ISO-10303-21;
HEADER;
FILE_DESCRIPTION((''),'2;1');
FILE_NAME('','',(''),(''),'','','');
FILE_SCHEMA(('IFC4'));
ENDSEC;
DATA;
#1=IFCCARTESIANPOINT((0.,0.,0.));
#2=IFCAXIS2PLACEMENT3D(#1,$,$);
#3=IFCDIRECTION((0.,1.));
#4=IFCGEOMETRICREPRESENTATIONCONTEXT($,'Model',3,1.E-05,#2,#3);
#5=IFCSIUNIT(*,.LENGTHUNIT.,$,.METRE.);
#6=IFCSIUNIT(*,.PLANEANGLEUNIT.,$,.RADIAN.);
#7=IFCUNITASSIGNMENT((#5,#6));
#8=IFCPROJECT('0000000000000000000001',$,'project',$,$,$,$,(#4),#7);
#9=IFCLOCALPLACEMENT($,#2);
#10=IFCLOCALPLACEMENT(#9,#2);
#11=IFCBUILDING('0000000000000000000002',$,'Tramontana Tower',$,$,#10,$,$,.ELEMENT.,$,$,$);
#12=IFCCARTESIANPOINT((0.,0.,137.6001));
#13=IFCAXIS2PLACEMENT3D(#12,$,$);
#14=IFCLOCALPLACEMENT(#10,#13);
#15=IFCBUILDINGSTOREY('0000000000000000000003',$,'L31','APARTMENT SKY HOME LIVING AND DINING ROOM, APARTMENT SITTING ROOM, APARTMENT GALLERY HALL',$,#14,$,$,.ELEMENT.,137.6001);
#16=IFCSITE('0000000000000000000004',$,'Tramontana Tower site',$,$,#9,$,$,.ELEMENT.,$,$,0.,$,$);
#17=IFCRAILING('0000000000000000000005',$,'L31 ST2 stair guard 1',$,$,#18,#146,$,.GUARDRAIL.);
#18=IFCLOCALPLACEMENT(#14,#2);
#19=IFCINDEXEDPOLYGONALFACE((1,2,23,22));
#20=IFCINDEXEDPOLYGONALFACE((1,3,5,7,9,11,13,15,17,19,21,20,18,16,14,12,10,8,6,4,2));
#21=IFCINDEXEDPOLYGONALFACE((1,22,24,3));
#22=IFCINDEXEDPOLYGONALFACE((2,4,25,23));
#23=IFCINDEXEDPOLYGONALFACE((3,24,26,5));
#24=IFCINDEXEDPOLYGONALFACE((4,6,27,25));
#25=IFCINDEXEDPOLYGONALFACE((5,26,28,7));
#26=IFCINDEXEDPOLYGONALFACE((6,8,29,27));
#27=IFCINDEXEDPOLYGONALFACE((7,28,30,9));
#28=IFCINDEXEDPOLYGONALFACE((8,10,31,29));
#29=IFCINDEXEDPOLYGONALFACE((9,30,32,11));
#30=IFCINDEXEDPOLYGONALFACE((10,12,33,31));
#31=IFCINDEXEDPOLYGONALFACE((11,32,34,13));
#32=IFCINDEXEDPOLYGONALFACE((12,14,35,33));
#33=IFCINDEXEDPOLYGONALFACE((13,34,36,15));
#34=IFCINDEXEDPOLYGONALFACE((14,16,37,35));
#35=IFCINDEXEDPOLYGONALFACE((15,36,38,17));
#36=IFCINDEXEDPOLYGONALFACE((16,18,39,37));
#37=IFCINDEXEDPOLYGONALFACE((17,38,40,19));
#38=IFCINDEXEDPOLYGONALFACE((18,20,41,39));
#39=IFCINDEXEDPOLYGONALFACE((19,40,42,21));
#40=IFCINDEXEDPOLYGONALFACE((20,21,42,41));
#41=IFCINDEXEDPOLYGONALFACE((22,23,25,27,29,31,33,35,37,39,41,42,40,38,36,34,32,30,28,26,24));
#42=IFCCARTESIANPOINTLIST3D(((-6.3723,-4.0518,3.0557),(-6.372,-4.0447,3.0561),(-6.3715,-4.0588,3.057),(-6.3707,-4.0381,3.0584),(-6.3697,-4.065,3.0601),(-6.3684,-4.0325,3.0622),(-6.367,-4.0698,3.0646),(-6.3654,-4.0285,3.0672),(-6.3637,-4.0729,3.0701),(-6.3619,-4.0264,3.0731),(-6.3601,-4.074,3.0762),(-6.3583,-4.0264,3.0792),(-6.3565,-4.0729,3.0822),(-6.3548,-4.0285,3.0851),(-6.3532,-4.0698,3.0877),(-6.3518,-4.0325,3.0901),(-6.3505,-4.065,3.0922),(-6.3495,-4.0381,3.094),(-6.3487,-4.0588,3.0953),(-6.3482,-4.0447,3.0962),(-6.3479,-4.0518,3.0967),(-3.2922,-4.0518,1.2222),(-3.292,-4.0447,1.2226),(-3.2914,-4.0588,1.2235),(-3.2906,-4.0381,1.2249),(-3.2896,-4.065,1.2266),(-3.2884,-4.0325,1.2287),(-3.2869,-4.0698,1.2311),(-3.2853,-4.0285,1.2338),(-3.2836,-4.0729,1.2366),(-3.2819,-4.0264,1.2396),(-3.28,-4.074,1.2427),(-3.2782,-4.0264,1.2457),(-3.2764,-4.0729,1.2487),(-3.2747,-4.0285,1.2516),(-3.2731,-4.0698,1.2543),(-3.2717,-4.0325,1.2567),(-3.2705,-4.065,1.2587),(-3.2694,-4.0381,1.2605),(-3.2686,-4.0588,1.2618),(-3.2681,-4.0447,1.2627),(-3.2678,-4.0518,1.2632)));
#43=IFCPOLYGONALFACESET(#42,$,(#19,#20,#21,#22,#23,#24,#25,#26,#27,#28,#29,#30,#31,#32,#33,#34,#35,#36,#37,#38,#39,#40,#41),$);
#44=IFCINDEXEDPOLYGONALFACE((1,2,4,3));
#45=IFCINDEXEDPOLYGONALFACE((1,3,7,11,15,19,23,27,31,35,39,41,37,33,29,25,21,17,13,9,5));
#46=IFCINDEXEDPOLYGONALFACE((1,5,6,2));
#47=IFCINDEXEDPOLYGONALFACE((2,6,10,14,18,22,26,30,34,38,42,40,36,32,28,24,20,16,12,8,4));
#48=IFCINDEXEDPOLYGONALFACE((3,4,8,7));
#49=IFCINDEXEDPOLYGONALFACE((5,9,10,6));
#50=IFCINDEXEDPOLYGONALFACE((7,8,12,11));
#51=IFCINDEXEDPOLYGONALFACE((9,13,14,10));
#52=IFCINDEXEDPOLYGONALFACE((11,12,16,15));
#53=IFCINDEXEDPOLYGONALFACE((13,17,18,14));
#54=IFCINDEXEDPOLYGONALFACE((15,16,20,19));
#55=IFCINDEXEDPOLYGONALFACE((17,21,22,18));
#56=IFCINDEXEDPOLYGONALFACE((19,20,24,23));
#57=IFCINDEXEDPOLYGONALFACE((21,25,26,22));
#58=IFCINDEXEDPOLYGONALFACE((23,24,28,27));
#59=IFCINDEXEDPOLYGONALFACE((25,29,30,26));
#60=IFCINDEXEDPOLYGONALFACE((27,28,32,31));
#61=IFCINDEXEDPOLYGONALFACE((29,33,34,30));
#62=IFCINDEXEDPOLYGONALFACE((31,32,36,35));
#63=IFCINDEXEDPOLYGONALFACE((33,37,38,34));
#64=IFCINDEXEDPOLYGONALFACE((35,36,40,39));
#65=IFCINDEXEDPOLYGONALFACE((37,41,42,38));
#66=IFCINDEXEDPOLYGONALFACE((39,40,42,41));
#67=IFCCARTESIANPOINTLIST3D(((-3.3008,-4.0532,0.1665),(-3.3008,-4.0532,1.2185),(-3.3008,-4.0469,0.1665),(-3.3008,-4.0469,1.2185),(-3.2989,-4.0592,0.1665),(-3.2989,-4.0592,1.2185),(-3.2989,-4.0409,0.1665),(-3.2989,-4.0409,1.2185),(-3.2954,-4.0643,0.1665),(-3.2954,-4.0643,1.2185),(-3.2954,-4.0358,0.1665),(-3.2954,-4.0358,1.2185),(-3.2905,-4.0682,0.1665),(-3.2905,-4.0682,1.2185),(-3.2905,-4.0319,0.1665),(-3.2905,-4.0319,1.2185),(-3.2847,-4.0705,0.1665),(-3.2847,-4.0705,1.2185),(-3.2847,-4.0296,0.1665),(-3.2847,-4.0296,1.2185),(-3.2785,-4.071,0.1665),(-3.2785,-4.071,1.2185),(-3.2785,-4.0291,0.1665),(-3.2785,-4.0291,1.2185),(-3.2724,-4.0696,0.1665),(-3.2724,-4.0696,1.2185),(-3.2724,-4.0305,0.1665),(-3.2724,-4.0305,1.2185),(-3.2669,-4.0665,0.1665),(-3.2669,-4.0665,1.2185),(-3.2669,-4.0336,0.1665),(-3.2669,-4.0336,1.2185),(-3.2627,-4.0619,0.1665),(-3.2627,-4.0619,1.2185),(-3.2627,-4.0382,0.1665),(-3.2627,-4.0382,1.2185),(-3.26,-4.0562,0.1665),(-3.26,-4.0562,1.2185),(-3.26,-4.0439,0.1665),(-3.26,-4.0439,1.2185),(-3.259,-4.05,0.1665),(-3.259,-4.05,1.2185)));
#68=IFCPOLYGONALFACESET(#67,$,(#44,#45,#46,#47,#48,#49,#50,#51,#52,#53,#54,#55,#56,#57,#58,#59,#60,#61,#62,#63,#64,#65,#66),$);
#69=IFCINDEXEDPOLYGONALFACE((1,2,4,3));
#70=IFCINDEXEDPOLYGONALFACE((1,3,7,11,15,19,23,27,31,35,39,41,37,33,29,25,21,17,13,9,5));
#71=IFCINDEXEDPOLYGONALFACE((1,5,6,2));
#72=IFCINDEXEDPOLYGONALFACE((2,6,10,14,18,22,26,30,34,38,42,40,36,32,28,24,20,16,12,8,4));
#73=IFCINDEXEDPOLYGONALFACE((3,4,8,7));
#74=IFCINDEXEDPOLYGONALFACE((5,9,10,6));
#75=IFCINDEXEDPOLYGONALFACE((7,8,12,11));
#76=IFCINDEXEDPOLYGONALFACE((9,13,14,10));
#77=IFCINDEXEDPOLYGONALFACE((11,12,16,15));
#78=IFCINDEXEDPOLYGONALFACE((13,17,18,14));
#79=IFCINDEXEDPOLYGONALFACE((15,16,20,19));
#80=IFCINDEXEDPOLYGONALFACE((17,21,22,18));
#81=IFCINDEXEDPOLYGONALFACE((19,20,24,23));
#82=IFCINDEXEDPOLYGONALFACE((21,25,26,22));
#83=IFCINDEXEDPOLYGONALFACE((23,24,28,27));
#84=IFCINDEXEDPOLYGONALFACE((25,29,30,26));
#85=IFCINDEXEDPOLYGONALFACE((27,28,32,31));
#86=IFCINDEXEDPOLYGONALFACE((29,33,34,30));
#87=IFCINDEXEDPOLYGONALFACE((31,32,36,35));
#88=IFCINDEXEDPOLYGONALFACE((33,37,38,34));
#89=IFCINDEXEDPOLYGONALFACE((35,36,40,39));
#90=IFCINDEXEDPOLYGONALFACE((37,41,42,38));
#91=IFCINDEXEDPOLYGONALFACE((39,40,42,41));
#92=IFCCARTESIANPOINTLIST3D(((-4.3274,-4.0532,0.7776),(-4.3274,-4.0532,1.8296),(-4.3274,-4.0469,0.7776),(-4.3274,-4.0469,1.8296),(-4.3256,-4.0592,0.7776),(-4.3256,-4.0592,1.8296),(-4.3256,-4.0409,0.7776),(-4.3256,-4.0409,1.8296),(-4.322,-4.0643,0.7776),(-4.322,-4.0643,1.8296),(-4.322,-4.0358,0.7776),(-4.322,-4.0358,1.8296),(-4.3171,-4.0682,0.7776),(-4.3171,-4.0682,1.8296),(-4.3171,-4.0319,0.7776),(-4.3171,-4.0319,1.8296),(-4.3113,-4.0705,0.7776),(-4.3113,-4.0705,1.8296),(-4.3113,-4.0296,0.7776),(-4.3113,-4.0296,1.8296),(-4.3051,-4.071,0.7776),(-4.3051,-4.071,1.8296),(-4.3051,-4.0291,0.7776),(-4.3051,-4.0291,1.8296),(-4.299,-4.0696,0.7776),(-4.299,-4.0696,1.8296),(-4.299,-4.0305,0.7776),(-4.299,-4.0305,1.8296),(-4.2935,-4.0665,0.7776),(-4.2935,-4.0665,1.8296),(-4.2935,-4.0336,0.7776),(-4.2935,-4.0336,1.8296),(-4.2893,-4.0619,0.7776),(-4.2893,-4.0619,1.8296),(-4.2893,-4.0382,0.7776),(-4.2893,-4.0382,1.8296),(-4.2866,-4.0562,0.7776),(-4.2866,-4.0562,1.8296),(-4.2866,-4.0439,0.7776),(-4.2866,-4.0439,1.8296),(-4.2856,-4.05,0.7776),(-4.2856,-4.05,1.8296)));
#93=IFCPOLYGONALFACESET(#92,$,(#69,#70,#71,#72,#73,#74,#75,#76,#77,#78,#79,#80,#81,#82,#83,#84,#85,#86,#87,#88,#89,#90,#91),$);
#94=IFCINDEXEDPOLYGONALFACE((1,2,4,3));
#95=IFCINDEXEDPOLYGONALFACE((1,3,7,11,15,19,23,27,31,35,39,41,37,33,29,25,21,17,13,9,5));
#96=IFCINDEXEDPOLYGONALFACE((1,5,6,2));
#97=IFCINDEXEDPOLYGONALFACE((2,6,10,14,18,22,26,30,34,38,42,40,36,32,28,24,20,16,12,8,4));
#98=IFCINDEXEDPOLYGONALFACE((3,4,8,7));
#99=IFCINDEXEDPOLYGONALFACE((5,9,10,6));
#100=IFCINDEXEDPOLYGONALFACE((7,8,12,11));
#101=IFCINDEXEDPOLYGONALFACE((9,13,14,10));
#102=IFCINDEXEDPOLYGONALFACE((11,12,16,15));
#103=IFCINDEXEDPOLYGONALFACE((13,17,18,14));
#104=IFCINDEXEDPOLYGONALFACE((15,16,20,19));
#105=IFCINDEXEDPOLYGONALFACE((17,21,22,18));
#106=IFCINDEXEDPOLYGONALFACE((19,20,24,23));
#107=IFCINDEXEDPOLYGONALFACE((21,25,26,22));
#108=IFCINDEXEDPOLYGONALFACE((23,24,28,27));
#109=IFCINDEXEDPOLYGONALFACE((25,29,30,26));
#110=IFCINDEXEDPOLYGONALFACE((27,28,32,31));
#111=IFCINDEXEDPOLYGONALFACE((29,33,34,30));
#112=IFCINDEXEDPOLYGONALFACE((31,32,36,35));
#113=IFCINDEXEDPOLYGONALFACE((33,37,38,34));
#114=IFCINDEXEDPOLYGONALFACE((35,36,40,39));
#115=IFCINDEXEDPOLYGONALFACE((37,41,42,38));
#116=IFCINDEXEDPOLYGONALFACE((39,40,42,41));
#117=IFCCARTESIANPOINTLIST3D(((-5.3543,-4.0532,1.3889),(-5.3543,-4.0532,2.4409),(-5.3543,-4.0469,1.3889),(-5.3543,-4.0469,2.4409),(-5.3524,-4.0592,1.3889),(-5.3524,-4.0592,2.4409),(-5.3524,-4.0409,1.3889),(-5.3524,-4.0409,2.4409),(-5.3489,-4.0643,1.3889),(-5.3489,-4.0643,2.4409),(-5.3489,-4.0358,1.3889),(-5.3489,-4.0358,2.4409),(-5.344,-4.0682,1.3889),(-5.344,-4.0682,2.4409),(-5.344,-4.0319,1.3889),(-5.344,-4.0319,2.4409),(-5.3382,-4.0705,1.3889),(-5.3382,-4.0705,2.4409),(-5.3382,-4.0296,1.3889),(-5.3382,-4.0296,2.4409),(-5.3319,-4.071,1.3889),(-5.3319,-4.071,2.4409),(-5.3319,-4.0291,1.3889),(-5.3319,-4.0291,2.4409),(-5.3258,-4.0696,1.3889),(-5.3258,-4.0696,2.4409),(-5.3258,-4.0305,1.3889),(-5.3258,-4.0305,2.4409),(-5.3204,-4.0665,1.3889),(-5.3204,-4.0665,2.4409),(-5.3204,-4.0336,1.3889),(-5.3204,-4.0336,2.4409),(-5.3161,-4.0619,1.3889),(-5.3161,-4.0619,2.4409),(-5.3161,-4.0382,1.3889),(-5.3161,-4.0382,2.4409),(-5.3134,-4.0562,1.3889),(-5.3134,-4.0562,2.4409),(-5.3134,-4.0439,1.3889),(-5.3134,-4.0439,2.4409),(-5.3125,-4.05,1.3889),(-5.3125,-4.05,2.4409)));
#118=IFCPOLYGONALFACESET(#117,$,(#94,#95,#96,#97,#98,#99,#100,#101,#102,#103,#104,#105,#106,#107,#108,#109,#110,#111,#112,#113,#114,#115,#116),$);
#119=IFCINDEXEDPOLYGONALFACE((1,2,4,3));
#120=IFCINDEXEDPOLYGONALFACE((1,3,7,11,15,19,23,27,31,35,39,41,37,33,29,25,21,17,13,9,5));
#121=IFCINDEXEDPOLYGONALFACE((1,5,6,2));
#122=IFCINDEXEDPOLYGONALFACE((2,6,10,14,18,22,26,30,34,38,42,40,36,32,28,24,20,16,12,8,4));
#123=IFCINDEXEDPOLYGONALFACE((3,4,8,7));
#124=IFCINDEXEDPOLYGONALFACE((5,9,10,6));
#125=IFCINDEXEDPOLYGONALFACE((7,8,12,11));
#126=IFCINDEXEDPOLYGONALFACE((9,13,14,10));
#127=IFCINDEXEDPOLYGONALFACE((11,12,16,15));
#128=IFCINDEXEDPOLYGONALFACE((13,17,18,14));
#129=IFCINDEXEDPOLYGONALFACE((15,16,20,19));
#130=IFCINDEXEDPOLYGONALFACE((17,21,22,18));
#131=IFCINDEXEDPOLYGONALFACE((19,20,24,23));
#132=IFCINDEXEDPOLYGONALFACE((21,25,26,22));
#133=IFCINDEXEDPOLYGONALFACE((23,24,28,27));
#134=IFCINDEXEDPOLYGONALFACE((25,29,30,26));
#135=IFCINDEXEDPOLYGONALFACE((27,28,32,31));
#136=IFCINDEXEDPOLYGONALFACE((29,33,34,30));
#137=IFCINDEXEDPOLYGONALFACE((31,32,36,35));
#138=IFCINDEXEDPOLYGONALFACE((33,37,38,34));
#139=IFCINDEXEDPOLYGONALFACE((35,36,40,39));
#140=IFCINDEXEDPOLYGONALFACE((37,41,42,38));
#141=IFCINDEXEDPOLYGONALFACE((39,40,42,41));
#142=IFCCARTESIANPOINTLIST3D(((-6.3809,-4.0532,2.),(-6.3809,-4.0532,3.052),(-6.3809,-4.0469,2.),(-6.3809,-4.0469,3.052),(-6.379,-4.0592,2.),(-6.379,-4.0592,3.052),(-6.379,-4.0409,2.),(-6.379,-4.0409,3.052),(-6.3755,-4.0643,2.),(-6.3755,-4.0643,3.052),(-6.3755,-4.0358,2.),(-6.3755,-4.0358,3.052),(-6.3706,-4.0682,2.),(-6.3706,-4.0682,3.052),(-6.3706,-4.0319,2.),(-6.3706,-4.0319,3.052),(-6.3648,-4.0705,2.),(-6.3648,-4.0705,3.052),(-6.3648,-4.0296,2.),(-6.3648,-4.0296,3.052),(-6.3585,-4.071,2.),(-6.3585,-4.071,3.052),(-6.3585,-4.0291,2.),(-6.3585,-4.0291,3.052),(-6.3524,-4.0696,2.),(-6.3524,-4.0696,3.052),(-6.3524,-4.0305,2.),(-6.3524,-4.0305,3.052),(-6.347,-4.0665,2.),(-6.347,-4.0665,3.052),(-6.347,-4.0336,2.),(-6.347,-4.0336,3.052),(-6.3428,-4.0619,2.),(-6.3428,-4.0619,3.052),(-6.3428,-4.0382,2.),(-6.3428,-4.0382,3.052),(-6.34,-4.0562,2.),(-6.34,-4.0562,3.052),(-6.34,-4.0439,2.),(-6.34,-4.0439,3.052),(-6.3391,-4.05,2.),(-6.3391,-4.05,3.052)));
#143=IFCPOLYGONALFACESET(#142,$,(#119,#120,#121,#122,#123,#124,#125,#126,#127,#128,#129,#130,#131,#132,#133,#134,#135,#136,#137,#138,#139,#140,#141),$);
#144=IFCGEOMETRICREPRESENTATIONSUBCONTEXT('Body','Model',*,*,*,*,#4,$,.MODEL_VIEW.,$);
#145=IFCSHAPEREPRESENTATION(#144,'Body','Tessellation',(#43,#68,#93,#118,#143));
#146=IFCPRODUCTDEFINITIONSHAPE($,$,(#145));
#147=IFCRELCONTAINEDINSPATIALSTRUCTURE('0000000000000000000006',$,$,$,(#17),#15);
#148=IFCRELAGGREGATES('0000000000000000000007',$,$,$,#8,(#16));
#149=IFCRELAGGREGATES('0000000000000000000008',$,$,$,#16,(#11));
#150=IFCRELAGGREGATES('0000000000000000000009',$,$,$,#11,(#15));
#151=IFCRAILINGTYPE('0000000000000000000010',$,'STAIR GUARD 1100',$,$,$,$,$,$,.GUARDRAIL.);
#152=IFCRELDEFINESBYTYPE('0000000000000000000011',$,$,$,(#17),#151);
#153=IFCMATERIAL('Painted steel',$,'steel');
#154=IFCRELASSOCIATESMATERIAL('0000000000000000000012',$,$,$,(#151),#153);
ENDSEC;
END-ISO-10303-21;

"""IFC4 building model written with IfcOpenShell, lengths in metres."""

from ifc_helpers import new_model, si_unit, direction, frame, origin, origin_2d, place, context, subcontext, project, spatial, circle, extrude, material, type_object, element, save


model = new_model("IFC4")

# Units and contexts
model_context = context("Model", 3, precision=1e-05, world=origin(), true_north=direction((0.0, 1.0)))
body_context = subcontext(model_context, "Body", "Model", "MODEL_VIEW")
ifc_project = project(units=[si_unit("LENGTHUNIT", "METRE"), si_unit("PLANEANGLEUNIT", "RADIAN")], contexts=[model_context])

# Site, building, storey
site_placement = place(None, origin())
site = spatial("IfcSite", under=ifc_project, at=site_placement, Name="Tramontana Tower site", CompositionType="ELEMENT", RefElevation=0.0)
building_placement = place(site_placement, origin())
building = spatial("IfcBuilding", under=site, at=building_placement, Name="Tramontana Tower", CompositionType="ELEMENT")
storey_placement = place(building_placement, frame((0.0, 0.0, 137.6001)))
storey = spatial("IfcBuildingStorey", under=building, at=storey_placement, Name="L31", Description="APARTMENT SKY HOME LIVING AND DINING ROOM, APARTMENT SITTING ROOM, APARTMENT GALLERY HALL", CompositionType="ELEMENT", Elevation=137.6001)

# Railing
ifc_material_1 = material(Name="Painted steel", Category="steel")
railing_type_1 = type_object("IfcRailingType", Name="STAIR GUARD 1100", PredefinedType="GUARDRAIL", material=ifc_material_1)
railing_1_placement = place(storey_placement, frame((-3.28, -4.05, 0.1665)))
element("IfcRailing", 1, at=railing_1_placement, inside=storey, type_object=railing_type_1, Name="L31 ST2 stair guard 1", PredefinedType="GUARDRAIL", context=body_context, shape_type="SweptSolid", body=[
    extrude(circle(Radius=0.0239, at=origin_2d()), frame((0.0, 0.0, 1.0762), z_axis=(-0.859279, 0.0, 0.511508), x_axis=(0.0, -1.0, 0.0)), (0.0, 0.0, 1.0), 3.5845),
    extrude(circle(Radius=0.021, at=origin_2d()), origin(), (0.0, 0.0, 1.0), 1.052),
    extrude(circle(Radius=0.021, at=origin_2d()), frame((-1.0266, 0.0, 0.6111)), (0.0, 0.0, 1.0), 1.052),
    extrude(circle(Radius=0.021, at=origin_2d()), frame((-2.0535, 0.0, 1.2224)), (0.0, 0.0, 1.0), 1.052),
    extrude(circle(Radius=0.021, at=origin_2d()), frame((-3.0801, 0.0, 1.8335)), (0.0, 0.0, 1.0), 1.052),
])

save(model, "model.ifc")
